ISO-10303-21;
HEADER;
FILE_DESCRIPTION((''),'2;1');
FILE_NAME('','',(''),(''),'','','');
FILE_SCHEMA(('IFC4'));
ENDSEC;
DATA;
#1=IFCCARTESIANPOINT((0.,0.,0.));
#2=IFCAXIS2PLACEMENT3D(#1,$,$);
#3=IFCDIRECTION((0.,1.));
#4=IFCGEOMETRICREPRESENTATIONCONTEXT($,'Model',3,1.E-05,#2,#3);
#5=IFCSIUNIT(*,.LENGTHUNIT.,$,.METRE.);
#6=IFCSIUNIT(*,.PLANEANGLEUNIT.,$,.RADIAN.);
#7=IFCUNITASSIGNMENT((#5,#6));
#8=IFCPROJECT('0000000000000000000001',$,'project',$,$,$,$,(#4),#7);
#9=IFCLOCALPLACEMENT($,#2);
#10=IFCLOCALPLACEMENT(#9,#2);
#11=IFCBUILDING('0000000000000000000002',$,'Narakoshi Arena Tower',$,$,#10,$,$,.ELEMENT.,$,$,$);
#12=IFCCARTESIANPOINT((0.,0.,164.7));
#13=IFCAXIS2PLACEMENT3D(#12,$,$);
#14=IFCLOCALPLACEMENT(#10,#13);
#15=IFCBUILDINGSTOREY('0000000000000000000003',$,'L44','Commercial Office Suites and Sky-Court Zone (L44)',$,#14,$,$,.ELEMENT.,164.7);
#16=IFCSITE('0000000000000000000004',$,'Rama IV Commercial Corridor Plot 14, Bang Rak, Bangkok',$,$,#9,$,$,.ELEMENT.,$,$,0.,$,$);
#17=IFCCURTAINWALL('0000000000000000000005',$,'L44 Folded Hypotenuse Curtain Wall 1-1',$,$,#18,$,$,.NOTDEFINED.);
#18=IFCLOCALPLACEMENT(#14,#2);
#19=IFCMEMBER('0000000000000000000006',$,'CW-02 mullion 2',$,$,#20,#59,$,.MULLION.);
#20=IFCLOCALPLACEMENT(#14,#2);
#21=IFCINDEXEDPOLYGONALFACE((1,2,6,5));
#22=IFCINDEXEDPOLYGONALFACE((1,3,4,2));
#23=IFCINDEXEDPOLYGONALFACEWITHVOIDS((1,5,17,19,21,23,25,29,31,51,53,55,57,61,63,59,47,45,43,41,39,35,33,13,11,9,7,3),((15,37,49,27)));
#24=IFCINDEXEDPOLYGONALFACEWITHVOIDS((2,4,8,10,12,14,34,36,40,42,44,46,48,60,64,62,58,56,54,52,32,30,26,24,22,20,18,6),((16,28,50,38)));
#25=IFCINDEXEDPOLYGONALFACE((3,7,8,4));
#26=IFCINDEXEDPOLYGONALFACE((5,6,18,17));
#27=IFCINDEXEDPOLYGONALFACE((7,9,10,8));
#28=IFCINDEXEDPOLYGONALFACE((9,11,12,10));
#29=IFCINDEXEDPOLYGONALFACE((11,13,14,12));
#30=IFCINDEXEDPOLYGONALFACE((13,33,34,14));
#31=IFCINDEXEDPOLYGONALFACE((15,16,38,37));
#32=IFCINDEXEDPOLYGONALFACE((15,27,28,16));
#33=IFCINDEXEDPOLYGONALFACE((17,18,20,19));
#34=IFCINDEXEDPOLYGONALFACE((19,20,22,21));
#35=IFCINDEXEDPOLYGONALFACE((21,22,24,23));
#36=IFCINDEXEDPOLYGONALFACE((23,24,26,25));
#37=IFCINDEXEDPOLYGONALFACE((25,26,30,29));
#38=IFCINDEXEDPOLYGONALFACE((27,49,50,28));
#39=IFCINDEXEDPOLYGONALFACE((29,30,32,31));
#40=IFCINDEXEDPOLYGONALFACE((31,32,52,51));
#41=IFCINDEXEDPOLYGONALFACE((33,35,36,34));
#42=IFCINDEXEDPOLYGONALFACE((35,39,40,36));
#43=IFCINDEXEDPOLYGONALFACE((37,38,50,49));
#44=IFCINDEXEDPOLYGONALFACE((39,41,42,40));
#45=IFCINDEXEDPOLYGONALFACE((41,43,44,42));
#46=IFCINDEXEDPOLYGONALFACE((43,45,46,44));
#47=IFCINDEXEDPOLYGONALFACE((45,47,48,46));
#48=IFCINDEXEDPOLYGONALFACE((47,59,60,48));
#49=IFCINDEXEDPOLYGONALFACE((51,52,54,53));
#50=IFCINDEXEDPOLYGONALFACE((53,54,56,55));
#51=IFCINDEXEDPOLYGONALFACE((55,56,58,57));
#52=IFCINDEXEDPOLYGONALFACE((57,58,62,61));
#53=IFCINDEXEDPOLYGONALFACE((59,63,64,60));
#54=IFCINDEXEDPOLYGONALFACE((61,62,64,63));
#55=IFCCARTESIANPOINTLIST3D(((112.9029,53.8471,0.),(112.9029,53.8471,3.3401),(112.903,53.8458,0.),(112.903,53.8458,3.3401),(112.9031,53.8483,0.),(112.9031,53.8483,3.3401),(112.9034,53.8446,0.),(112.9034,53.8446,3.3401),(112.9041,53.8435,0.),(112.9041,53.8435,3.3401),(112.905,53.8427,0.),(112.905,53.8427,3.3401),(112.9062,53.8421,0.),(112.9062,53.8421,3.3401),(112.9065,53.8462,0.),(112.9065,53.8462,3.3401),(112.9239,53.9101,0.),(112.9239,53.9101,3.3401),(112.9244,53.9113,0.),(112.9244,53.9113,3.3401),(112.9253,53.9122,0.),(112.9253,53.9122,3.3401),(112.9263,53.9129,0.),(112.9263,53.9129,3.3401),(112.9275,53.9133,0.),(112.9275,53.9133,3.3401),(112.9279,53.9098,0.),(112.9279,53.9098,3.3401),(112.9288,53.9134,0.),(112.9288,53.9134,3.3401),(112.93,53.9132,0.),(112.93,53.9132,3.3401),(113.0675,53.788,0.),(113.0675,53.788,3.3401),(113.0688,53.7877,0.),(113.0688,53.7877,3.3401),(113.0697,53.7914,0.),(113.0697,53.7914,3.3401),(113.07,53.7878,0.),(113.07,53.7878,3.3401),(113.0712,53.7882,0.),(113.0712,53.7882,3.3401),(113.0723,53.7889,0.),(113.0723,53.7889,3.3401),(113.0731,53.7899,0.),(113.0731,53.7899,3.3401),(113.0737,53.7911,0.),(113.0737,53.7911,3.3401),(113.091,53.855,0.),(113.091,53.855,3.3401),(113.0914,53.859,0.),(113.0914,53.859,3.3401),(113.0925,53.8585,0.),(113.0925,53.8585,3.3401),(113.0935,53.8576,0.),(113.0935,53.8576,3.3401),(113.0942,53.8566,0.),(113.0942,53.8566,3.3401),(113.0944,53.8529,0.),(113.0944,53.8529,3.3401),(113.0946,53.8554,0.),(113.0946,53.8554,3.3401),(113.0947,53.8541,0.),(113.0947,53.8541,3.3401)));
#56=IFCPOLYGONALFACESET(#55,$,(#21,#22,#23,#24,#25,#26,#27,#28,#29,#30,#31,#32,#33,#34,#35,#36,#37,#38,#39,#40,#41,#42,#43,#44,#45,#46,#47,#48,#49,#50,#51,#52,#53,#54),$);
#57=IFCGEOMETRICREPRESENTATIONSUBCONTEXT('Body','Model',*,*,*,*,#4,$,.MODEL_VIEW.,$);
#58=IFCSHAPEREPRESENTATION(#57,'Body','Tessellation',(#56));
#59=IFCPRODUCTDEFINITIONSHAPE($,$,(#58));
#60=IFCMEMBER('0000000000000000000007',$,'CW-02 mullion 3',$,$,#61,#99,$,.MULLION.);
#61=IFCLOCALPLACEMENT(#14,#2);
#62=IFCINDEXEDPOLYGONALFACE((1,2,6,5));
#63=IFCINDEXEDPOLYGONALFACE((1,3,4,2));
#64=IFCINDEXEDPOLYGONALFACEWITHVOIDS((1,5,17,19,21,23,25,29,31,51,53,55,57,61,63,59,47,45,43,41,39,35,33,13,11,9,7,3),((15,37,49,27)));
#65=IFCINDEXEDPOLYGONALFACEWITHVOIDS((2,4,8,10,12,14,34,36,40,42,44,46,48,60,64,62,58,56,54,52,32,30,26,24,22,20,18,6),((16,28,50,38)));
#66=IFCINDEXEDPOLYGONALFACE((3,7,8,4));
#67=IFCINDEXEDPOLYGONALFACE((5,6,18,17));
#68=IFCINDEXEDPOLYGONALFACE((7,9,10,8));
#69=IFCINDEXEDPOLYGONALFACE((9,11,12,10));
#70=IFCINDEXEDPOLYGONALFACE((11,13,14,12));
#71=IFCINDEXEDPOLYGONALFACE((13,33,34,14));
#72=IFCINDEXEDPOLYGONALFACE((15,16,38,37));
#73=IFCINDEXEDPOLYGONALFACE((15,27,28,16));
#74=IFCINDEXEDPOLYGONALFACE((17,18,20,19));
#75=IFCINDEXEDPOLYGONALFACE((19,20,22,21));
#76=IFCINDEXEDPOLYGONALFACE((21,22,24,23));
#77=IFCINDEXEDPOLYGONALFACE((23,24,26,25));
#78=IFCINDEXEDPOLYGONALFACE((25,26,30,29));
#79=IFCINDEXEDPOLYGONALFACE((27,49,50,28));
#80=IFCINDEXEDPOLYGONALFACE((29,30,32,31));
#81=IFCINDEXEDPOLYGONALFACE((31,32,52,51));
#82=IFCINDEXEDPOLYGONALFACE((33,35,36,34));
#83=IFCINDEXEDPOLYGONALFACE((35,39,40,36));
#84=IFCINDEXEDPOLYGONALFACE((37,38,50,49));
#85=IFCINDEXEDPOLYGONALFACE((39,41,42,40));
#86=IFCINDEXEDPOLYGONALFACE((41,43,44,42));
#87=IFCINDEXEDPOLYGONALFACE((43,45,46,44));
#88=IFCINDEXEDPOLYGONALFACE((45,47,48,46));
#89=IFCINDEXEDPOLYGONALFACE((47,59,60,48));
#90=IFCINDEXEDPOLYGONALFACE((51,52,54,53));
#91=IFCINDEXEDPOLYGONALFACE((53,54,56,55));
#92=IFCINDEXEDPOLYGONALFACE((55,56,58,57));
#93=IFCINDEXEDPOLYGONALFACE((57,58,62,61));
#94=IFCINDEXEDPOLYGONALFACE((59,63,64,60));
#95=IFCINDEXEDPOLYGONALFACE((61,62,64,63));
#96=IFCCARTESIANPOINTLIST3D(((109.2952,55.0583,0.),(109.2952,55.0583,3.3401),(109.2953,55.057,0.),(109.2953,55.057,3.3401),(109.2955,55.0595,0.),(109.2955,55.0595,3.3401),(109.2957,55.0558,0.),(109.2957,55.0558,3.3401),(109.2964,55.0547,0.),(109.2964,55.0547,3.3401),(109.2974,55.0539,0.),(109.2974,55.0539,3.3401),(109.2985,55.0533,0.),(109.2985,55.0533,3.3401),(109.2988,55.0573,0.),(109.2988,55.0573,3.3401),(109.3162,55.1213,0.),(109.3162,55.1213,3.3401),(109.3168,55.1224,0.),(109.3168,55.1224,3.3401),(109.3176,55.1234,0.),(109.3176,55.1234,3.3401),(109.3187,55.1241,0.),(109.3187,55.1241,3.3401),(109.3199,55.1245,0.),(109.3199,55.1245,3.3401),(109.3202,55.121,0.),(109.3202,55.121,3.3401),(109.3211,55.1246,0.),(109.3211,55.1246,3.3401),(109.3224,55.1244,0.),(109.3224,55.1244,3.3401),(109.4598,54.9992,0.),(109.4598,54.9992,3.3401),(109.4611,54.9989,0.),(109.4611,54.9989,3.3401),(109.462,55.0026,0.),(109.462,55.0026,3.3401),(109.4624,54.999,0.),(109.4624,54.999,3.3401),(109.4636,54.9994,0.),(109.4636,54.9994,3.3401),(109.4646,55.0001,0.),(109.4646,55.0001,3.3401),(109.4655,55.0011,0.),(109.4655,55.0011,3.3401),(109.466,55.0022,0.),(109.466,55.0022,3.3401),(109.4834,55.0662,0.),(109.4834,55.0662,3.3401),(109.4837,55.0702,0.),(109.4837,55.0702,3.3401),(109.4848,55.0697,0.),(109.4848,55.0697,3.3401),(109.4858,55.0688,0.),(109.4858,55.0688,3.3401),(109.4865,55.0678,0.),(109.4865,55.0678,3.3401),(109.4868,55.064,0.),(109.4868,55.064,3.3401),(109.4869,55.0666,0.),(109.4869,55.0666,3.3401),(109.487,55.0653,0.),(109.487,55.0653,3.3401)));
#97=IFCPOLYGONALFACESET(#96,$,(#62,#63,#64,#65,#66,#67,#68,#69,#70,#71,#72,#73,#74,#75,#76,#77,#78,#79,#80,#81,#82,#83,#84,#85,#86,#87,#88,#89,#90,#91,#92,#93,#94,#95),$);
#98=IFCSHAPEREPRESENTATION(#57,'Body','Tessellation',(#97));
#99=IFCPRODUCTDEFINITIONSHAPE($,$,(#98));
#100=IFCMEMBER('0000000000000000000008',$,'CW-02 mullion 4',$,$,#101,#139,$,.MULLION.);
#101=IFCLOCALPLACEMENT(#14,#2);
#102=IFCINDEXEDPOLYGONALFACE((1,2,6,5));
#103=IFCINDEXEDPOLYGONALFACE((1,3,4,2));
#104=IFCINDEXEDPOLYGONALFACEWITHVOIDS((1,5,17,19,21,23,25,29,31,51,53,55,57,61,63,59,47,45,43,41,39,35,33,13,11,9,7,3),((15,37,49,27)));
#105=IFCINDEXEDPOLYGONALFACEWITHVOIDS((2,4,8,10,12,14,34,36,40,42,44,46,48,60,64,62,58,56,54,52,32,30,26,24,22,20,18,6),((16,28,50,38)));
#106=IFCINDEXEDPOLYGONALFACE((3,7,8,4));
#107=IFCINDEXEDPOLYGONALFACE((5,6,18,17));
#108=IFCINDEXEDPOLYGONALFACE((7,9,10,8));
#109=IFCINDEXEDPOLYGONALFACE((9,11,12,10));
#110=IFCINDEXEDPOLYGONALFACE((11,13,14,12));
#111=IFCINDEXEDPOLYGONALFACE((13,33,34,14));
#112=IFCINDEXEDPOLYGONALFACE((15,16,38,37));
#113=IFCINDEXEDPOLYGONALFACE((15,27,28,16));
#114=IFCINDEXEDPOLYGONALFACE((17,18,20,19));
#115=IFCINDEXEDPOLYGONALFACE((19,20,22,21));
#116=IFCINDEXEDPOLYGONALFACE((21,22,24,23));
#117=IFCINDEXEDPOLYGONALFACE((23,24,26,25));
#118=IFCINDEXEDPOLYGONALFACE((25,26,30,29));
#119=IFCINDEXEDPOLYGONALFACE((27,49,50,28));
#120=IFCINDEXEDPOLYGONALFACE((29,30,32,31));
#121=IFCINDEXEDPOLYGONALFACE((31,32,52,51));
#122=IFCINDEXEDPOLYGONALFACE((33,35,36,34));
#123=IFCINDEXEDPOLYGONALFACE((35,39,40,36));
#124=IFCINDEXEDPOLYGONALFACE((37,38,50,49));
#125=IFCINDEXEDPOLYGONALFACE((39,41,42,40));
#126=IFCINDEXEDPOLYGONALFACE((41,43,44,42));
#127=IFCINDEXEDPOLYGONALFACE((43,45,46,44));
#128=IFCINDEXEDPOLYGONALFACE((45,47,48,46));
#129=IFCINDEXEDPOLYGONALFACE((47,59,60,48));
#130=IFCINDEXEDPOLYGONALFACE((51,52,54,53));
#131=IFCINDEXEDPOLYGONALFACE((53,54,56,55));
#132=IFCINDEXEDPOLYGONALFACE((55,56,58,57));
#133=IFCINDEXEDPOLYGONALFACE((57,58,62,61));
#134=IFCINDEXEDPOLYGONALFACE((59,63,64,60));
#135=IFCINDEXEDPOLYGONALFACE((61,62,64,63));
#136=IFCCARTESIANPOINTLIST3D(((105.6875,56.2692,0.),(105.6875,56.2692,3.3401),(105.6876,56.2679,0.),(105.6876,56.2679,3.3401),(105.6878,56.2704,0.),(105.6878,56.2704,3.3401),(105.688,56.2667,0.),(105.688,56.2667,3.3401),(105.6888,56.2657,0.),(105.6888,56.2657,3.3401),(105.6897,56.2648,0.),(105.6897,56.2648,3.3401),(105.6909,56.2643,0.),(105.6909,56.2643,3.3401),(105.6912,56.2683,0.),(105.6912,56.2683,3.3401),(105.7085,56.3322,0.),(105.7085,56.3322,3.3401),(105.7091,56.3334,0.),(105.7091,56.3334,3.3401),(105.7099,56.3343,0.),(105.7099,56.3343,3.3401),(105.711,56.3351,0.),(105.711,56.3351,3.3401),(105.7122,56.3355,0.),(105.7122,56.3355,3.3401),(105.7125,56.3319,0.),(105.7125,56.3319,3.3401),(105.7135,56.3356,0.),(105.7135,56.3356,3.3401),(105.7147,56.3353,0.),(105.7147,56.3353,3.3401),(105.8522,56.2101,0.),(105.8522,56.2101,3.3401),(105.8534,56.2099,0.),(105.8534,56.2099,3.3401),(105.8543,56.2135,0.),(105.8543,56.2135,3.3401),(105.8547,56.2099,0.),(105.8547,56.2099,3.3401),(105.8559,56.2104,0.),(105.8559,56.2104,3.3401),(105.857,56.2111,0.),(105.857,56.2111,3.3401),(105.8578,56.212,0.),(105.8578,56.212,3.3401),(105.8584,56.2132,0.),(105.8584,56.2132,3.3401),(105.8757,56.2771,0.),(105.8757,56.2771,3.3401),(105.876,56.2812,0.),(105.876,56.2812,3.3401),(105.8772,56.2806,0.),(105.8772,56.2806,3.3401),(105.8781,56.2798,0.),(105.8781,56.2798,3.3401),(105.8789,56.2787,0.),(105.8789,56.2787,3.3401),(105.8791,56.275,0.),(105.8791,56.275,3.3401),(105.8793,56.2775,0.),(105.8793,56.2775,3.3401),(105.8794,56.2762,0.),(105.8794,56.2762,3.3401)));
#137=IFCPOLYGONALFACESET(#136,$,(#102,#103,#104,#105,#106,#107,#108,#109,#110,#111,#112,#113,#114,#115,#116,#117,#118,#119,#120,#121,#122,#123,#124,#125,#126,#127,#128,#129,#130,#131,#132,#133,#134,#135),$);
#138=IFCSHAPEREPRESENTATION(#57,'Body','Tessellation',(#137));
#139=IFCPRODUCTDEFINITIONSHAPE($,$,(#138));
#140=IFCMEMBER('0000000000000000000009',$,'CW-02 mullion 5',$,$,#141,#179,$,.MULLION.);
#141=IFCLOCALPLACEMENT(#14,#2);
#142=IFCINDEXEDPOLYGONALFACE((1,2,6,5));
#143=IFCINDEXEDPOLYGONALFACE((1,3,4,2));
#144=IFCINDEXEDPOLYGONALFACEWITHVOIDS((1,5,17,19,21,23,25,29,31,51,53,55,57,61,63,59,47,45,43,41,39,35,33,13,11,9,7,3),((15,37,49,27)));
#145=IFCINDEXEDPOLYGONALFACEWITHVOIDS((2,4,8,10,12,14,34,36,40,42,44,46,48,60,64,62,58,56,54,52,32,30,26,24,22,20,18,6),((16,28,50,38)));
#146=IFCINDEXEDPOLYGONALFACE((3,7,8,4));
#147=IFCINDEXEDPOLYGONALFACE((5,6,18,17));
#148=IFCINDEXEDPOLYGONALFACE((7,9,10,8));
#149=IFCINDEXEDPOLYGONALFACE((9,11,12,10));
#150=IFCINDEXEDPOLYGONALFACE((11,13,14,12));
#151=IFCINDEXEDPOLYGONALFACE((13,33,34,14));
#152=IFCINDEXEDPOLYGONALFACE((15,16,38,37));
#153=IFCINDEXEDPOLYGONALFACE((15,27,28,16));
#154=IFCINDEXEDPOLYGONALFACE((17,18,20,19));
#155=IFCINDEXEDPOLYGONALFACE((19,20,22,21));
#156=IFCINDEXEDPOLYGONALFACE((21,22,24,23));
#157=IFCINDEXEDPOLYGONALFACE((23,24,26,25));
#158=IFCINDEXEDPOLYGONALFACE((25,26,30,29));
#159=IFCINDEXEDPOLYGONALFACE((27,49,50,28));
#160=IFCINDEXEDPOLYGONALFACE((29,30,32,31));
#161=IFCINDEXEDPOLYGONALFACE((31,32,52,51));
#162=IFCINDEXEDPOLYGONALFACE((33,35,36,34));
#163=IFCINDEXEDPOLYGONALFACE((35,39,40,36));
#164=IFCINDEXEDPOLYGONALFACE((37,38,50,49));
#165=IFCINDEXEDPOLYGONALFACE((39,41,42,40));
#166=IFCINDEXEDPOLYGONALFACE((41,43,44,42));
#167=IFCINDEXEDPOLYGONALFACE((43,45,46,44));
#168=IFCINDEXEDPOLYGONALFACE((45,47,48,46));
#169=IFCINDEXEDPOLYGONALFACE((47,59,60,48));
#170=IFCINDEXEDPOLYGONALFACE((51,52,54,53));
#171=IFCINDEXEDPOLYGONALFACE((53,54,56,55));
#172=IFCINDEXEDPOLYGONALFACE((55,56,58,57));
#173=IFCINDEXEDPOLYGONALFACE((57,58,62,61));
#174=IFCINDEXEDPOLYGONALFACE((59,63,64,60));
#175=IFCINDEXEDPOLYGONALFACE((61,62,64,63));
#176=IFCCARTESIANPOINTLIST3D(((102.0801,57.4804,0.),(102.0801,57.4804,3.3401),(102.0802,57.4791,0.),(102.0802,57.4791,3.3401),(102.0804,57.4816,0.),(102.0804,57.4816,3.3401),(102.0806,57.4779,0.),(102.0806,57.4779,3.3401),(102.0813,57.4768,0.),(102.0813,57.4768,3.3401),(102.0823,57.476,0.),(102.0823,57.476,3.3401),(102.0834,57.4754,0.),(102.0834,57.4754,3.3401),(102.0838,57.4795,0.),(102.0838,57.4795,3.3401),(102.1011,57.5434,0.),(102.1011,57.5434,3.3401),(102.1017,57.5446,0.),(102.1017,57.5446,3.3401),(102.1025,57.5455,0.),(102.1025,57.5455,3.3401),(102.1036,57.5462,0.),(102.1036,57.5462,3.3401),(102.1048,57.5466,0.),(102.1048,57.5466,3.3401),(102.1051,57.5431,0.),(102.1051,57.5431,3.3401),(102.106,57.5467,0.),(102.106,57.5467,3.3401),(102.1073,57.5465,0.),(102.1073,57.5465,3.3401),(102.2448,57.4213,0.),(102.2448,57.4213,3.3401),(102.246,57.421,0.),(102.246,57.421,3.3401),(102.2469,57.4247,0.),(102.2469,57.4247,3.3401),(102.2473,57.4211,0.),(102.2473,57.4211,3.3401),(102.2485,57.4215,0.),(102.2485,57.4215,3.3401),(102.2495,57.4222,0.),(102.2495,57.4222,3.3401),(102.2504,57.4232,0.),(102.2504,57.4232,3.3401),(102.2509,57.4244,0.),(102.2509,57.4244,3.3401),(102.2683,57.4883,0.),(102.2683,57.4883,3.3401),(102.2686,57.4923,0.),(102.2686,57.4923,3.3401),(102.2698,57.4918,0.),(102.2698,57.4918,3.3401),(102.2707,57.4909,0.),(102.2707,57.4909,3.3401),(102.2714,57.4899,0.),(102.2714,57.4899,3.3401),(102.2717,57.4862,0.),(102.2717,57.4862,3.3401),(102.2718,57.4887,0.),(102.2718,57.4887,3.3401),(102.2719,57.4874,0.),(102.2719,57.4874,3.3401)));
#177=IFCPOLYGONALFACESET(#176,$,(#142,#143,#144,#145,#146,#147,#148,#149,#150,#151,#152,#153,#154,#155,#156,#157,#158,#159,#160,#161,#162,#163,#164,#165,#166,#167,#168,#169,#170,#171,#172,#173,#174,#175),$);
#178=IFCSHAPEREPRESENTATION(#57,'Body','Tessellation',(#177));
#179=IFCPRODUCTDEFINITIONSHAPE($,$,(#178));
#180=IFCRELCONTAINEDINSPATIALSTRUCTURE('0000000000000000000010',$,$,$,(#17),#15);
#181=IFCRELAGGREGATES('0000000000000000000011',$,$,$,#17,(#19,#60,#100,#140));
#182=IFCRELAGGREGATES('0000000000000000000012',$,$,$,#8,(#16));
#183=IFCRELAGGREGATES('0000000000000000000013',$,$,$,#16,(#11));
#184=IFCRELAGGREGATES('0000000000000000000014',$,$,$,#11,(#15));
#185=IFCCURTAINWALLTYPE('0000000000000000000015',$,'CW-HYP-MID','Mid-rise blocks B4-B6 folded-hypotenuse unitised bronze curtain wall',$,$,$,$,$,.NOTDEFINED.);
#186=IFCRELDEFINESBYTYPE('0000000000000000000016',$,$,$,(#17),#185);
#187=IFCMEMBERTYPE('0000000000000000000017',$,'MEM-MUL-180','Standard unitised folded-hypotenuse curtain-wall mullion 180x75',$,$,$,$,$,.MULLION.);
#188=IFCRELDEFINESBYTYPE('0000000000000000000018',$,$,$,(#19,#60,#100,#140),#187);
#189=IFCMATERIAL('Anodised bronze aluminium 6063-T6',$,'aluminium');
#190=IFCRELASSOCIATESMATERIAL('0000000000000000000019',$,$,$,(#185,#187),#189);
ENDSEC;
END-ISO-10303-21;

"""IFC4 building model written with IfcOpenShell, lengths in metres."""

from ifc_helpers import new_model, si_unit, direction, frame, origin, origin_2d, place, context, subcontext, project, spatial, hollow_rectangle, extrude, material, material_profile, profile_set, type_object, element, aggregate, save


model = new_model("IFC4")

# Units and contexts
model_context = context("Model", 3, precision=1e-05, world=origin(), true_north=direction((0.0, 1.0)))
body_context = subcontext(model_context, "Body", "Model", "MODEL_VIEW")
ifc_project = project(units=[si_unit("LENGTHUNIT", "METRE"), si_unit("PLANEANGLEUNIT", "RADIAN")], contexts=[model_context])

# Site, building, storey
site_placement = place(None, origin())
site = spatial("IfcSite", under=ifc_project, at=site_placement, Name="Rama IV Commercial Corridor Plot 14, Bang Rak, Bangkok", CompositionType="ELEMENT", RefElevation=0.0)
building_placement = place(site_placement, origin())
building = spatial("IfcBuilding", under=site, at=building_placement, Name="Narakoshi Arena Tower", CompositionType="ELEMENT")
storey_placement = place(building_placement, frame((0.0, 0.0, 164.7)))
storey = spatial("IfcBuildingStorey", under=building, at=storey_placement, Name="L44", Description="Commercial Office Suites and Sky-Court Zone (L44)", CompositionType="ELEMENT", Elevation=164.7)

# Curtain wall, members
ifc_material_1 = material(Name="Anodised bronze aluminium 6063-T6", Category="aluminium")
curtain_wall_type = type_object("IfcCurtainWallType", Name="CW-HYP-MID", Description="Mid-rise blocks B4-B6 folded-hypotenuse unitised bronze curtain wall", PredefinedType="NOTDEFINED", material=ifc_material_1)
curtain_wall_placement = place(storey_placement, origin())
curtain_wall = element("IfcCurtainWall", 1, at=curtain_wall_placement, inside=storey, type_object=curtain_wall_type, Name="L44 Folded Hypotenuse Curtain Wall 1-1", PredefinedType="NOTDEFINED")
ifc_material_profile_1 = material_profile(ifc_material_1, hollow_rectangle(XDim=0.075, YDim=0.1799, WallThickness=0.0039, OuterFilletRadius=0.0049, at=origin_2d()), Name="MUL180x75x4")
ifc_profile_set_1 = profile_set([ifc_material_profile_1], Name="Anodised bronze aluminium 6063-T6")
member_type_1 = type_object("IfcMemberType", Name="MEM-MUL-180", Description="Standard unitised folded-hypotenuse curtain-wall mullion 180x75", PredefinedType="MULLION", material=ifc_profile_set_1)
member_1_placement = place(storey_placement, frame((112.9988, 53.8506, 0.0), z_axis=(0.0, 0.0, 1.0), x_axis=(-0.318261, -0.948003, 0.0)))
member_1 = element("IfcMember", 2, at=member_1_placement, type_object=member_type_1, Name="CW-02 mullion 2", PredefinedType="MULLION", context=body_context, shape_type="SweptSolid", body=[
    extrude(hollow_rectangle(XDim=0.075, YDim=0.1799, WallThickness=0.0039, OuterFilletRadius=0.0049, at=origin_2d()), origin(), (0.0, 0.0, 1.0), 3.3401),
])
member_2_placement = place(storey_placement, frame((109.3911, 55.0618, 0.0), z_axis=(0.0, 0.0, 1.0), x_axis=(-0.318261, -0.948003, 0.0)))
member_2 = element("IfcMember", 3, at=member_2_placement, type_object=member_type_1, Name="CW-02 mullion 3", PredefinedType="MULLION", context=body_context, shape_type="SweptSolid", body=[
    extrude(hollow_rectangle(XDim=0.075, YDim=0.1799, WallThickness=0.0039, OuterFilletRadius=0.0049, at=origin_2d()), origin(), (0.0, 0.0, 1.0), 3.3401),
])
member_3_placement = place(storey_placement, frame((105.7834, 56.2727, 0.0), z_axis=(0.0, 0.0, 1.0), x_axis=(-0.318261, -0.948003, 0.0)))
member_3 = element("IfcMember", 4, at=member_3_placement, type_object=member_type_1, Name="CW-02 mullion 4", PredefinedType="MULLION", context=body_context, shape_type="SweptSolid", body=[
    extrude(hollow_rectangle(XDim=0.075, YDim=0.1799, WallThickness=0.0039, OuterFilletRadius=0.0049, at=origin_2d()), origin(), (0.0, 0.0, 1.0), 3.3401),
])
member_4_placement = place(storey_placement, frame((102.176, 57.4839, 0.0), z_axis=(0.0, 0.0, 1.0), x_axis=(-0.318261, -0.948003, 0.0)))
member_4 = element("IfcMember", 5, at=member_4_placement, type_object=member_type_1, Name="CW-02 mullion 5", PredefinedType="MULLION", context=body_context, shape_type="SweptSolid", body=[
    extrude(hollow_rectangle(XDim=0.075, YDim=0.1799, WallThickness=0.0039, OuterFilletRadius=0.0049, at=origin_2d()), origin(), (0.0, 0.0, 1.0), 3.3401),
])
aggregate(curtain_wall, [member_1, member_2, member_3, member_4])

save(model, "model.ifc")
